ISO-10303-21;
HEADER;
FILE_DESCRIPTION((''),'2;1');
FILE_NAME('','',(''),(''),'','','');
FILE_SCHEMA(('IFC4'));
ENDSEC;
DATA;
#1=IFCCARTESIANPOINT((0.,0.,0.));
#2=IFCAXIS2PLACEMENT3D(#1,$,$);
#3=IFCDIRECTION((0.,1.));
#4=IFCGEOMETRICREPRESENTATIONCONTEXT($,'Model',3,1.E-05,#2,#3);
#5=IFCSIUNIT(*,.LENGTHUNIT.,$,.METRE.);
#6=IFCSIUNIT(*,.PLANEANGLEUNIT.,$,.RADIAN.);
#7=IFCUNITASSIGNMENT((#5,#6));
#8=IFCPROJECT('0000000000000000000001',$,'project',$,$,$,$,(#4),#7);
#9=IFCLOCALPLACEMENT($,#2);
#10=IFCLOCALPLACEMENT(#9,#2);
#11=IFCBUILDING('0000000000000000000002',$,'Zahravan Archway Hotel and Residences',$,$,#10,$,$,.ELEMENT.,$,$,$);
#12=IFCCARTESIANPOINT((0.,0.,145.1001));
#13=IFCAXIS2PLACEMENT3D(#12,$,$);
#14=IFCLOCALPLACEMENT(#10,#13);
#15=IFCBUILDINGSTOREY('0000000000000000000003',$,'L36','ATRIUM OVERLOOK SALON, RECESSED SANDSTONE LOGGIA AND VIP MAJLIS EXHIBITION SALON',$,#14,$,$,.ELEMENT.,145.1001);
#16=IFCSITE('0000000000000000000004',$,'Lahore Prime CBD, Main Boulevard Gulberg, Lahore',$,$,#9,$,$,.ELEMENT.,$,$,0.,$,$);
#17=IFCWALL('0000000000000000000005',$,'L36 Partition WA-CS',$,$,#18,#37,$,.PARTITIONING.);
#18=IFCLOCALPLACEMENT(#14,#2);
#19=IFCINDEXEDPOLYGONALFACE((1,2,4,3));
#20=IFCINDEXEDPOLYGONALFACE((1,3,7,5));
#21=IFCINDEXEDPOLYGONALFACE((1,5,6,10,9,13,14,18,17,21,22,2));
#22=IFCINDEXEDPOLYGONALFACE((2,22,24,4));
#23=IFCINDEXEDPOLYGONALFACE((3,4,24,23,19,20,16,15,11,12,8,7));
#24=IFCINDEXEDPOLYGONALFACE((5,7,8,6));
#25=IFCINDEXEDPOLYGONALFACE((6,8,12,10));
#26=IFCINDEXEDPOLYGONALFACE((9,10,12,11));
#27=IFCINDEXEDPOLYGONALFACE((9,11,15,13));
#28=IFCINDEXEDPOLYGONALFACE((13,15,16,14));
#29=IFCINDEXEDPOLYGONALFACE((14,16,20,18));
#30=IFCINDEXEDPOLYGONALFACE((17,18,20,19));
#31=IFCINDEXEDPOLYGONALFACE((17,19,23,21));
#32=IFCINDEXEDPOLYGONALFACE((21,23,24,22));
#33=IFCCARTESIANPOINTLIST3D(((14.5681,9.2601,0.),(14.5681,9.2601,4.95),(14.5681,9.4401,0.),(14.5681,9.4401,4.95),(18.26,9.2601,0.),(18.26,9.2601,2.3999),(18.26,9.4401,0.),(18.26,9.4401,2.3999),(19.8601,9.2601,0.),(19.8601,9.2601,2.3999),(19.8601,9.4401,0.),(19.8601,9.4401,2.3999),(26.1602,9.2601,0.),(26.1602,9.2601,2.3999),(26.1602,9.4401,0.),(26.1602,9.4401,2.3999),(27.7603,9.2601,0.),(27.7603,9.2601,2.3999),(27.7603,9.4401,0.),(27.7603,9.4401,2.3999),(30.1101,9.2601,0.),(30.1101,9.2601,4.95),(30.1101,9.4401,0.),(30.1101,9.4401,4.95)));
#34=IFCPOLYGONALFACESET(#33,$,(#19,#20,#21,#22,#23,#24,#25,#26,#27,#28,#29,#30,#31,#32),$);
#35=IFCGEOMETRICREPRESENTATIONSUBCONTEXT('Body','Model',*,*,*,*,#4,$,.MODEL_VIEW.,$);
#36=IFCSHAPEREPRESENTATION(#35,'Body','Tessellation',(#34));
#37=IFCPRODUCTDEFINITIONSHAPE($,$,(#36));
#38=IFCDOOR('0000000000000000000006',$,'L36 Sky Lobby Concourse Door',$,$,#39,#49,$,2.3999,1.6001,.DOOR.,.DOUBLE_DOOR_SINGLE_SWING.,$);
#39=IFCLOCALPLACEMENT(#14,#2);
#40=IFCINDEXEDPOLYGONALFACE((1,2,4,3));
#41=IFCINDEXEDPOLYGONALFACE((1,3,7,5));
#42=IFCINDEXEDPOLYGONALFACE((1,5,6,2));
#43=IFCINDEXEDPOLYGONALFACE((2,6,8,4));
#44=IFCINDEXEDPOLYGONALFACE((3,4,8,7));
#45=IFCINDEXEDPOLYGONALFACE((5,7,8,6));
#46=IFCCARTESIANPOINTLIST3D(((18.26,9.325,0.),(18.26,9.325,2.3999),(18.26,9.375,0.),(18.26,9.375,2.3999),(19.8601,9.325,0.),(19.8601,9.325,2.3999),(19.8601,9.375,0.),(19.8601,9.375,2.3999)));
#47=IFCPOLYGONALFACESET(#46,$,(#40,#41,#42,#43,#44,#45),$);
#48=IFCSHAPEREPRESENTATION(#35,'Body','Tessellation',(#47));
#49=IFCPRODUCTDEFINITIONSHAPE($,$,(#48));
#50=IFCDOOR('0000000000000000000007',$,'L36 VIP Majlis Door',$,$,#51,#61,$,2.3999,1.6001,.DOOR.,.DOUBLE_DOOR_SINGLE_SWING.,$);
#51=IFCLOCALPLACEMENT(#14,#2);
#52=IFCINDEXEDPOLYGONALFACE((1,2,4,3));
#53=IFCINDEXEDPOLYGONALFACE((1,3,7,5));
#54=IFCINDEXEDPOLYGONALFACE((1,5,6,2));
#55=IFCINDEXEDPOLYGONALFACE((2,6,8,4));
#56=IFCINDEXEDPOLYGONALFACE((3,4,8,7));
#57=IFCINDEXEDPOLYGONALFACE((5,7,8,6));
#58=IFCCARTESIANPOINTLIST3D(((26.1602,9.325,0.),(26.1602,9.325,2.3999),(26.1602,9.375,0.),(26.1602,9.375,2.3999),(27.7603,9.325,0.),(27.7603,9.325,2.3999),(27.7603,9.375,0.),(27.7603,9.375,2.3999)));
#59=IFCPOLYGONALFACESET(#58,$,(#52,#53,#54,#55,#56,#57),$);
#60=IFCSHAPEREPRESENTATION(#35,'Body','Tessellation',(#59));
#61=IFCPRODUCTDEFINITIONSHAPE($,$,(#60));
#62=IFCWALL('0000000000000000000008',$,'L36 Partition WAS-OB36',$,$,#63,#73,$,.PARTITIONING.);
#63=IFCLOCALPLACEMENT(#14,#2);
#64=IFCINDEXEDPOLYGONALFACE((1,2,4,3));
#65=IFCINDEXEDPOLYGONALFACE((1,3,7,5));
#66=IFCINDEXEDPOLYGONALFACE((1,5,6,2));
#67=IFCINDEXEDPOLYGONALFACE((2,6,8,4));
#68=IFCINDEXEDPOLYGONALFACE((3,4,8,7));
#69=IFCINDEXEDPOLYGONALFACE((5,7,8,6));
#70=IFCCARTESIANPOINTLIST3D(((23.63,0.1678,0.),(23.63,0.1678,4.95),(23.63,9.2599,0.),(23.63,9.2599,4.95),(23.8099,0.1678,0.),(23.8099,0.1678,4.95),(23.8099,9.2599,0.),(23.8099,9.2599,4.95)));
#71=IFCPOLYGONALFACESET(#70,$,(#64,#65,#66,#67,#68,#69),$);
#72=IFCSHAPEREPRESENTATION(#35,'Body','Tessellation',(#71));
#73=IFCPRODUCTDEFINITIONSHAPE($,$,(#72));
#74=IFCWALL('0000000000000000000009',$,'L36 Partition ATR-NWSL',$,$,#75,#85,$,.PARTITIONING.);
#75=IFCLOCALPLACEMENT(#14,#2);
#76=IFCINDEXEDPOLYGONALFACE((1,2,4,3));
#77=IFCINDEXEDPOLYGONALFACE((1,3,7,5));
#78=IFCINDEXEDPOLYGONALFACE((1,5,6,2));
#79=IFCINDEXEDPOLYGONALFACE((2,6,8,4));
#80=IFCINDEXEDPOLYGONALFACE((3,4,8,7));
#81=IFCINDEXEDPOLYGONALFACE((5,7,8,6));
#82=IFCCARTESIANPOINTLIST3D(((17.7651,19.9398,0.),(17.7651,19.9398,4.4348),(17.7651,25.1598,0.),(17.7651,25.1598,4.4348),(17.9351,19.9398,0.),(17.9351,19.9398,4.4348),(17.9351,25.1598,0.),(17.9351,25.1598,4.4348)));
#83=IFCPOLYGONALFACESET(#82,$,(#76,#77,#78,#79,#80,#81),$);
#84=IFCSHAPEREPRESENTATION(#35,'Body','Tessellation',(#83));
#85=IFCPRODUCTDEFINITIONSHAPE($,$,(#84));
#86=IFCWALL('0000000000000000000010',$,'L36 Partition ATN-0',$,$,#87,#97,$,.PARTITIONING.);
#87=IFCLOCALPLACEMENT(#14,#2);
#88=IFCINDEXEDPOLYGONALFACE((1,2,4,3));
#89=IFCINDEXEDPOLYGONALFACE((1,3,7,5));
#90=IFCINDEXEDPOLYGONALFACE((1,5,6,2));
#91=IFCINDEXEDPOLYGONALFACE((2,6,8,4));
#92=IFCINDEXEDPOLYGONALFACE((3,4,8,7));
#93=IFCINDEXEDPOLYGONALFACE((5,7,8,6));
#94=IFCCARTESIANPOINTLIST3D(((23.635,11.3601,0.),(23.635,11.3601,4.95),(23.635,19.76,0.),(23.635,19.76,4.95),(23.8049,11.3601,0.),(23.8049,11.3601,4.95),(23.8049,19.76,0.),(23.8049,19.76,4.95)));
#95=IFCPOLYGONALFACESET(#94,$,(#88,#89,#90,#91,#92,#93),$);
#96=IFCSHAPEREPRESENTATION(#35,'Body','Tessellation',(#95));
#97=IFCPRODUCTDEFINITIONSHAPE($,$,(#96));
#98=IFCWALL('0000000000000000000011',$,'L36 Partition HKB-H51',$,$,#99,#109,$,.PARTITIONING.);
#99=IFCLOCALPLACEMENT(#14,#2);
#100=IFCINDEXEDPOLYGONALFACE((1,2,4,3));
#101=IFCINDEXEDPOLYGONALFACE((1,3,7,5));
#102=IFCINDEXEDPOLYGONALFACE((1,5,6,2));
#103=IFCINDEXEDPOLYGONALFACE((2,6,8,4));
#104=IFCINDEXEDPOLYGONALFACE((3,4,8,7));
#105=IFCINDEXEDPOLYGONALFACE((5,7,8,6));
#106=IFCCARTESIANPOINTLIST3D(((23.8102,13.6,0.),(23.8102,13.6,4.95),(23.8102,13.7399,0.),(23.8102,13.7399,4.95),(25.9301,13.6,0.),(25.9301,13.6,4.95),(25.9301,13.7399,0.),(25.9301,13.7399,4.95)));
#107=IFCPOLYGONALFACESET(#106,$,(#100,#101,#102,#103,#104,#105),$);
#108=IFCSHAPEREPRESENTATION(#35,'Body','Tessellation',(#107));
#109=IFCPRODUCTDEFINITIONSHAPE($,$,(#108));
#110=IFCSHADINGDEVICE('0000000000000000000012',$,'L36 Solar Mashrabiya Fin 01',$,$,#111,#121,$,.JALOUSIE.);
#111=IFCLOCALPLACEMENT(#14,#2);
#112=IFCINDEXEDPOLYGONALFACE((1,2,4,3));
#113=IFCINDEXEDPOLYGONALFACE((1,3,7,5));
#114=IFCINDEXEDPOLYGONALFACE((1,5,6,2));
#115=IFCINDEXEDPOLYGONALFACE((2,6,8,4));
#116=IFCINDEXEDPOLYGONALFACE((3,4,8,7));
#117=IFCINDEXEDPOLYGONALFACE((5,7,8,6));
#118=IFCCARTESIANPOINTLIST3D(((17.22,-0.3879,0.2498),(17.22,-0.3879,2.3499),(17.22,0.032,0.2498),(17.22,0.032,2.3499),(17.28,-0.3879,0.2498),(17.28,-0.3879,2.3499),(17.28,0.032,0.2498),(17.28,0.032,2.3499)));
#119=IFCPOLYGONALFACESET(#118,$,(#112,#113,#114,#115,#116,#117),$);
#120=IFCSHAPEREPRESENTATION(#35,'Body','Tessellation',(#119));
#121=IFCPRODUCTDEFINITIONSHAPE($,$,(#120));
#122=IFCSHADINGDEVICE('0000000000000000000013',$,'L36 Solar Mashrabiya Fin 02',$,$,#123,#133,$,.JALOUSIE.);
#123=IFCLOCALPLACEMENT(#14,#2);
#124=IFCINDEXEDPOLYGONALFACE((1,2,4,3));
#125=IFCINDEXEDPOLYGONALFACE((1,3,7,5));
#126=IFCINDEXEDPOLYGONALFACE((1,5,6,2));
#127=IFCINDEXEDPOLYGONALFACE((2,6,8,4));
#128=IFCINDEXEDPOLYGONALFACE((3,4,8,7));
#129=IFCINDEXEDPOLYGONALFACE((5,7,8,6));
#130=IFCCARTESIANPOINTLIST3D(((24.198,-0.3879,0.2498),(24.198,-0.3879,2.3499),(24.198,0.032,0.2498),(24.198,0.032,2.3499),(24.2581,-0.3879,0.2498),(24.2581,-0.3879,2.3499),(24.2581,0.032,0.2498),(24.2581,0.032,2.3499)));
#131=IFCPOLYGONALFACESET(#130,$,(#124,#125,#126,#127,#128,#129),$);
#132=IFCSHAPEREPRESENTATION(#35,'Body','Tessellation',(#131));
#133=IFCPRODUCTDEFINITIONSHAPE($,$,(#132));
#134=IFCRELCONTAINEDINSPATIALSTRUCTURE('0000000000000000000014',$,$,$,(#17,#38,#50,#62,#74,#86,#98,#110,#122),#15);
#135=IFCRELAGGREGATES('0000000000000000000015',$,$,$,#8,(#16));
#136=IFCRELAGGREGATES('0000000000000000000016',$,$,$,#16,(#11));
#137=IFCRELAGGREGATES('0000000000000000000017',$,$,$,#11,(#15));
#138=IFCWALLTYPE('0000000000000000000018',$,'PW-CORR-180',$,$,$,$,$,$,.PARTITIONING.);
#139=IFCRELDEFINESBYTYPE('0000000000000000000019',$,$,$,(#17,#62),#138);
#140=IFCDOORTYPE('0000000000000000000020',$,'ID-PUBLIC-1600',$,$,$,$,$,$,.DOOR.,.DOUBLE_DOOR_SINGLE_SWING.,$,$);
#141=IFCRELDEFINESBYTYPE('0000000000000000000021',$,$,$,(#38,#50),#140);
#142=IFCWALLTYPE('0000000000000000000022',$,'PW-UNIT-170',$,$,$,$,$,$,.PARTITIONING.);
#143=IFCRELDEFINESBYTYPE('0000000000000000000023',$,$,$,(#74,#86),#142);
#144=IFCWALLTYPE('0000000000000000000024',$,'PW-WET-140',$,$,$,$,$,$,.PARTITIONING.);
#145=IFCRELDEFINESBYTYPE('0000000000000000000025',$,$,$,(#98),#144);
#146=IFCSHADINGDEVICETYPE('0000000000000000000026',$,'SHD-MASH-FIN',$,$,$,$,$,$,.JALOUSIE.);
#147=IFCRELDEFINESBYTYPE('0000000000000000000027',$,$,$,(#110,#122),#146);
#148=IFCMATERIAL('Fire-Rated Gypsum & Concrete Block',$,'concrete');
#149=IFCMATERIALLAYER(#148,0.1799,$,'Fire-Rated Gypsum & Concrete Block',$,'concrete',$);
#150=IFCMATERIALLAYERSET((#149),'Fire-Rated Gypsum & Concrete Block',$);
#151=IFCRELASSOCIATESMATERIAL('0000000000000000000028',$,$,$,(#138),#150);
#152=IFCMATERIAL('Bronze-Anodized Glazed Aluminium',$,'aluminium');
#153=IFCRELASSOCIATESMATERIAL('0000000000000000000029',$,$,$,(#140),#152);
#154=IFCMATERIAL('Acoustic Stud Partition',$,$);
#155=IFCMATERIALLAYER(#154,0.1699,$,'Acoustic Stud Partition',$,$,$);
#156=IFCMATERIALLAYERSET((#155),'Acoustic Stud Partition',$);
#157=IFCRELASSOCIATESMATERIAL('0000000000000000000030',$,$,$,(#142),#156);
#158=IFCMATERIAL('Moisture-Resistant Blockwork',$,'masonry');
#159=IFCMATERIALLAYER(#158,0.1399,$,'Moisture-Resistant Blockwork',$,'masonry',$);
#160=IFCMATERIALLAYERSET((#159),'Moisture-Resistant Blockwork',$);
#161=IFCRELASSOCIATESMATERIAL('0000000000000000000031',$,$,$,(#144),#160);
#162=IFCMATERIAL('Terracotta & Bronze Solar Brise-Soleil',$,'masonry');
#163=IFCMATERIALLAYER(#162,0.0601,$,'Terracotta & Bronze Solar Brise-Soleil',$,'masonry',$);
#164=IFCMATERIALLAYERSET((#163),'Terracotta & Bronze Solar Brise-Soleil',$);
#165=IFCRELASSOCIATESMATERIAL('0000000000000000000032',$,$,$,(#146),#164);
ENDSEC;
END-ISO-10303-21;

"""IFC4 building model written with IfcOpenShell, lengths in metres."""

from ifc_helpers import new_model, si_unit, direction, frame, frame_2d, origin, origin_2d, place, context, subcontext, project, spatial, rectangle, extrude, source, transform, mapped, material, layer, layer_set, type_object, type_shapes, element, fill, save


model = new_model("IFC4")

# Units and contexts
model_context = context("Model", 3, precision=1e-05, world=origin(), true_north=direction((0.0, 1.0)))
body_context = subcontext(model_context, "Body", "Model", "MODEL_VIEW")
ifc_project = project(units=[si_unit("LENGTHUNIT", "METRE"), si_unit("PLANEANGLEUNIT", "RADIAN")], contexts=[model_context])

# Site, building, storey
site_placement = place(None, origin())
site = spatial("IfcSite", under=ifc_project, at=site_placement, Name="Lahore Prime CBD, Main Boulevard Gulberg, Lahore", CompositionType="ELEMENT", RefElevation=0.0)
building_placement = place(site_placement, origin())
building = spatial("IfcBuilding", under=site, at=building_placement, Name="Zahravan Archway Hotel and Residences", CompositionType="ELEMENT")
storey_placement = place(building_placement, frame((0.0, 0.0, 145.1001)))
storey = spatial("IfcBuildingStorey", under=building, at=storey_placement, Name="L36", Description="ATRIUM OVERLOOK SALON, RECESSED SANDSTONE LOGGIA AND VIP MAJLIS EXHIBITION SALON", CompositionType="ELEMENT", Elevation=145.1001)

# Shared definitions
ifc_material_1 = material(Name="Fire-Rated Gypsum & Concrete Block", Category="concrete")
ifc_material_2 = material(Name="Bronze-Anodized Glazed Aluminium", Category="aluminium")

# Wall, openings, doors
ifc_layer_1 = layer(ifc_material_1, 0.1799, Name="Fire-Rated Gypsum & Concrete Block", Category="concrete")
ifc_layer_set_1 = layer_set([ifc_layer_1], Name="Fire-Rated Gypsum & Concrete Block")
wall_type_1 = type_object("IfcWallType", Name="PW-CORR-180", PredefinedType="PARTITIONING", material=ifc_layer_set_1)
wall_1_placement = place(storey_placement, frame((14.5681, 9.3501, 0.0), z_axis=(0.0, 0.0, 1.0), x_axis=(1.0, 0.0, 0.0)))
wall_1 = element("IfcWall", 1, at=wall_1_placement, inside=storey, type_object=wall_type_1, Name="L36 Partition WA-CS", PredefinedType="PARTITIONING", context=body_context, shape_type="SweptSolid", body=[
    extrude(rectangle(XDim=15.542, YDim=0.1799, at=frame_2d((7.771, 0.0))), origin(), (0.0, 0.0, 1.0), 4.95),
])
opening_1_placement = place(wall_1_placement, frame((3.6919, 0.0, 0.0)))
opening_1 = element("IfcOpeningElement", 2, at=opening_1_placement, cuts=wall_1, PredefinedType="OPENING", context=body_context, shape_type="SweptSolid", body=[
    extrude(rectangle(XDim=1.6001, YDim=2.3999, at=frame_2d((0.8, 1.2))), frame((0.0, 0.1001, 0.0), z_axis=(0.0, -1.0, 0.0), x_axis=(1.0, 0.0, 0.0)), (0.0, 0.0, 1.0), 0.2),
])
opening_2_placement = place(wall_1_placement, frame((11.592, 0.0, 0.0)))
opening_2 = element("IfcOpeningElement", 3, at=opening_2_placement, cuts=wall_1, PredefinedType="OPENING", context=body_context, shape_type="SweptSolid", body=[
    extrude(rectangle(XDim=1.6001, YDim=2.3999, at=frame_2d((0.8, 1.2))), frame((0.0, 0.1001, 0.0), z_axis=(0.0, -1.0, 0.0), x_axis=(1.0, 0.0, 0.0)), (0.0, 0.0, 1.0), 0.2),
])
door_type_1 = type_object("IfcDoorType", Name="ID-PUBLIC-1600", OperationType="DOUBLE_DOOR_SINGLE_SWING", PredefinedType="DOOR", material=ifc_material_2)
shared_shape_1 = source(origin(), body_context, "Body", "SweptSolid", [
    extrude(rectangle(XDim=1.6001, YDim=2.3999, at=frame_2d((0.8, 1.2))), frame((0.0, 0.0249, 0.0), z_axis=(0.0, -1.0, 0.0), x_axis=(1.0, 0.0, 0.0)), (0.0, 0.0, 1.0), 0.05),
])
type_shapes(door_type_1, [shared_shape_1])
door_1_placement = place(opening_1_placement, origin())
door_1 = element("IfcDoor", 4, at=door_1_placement, inside=storey, type_object=door_type_1, Name="L36 Sky Lobby Concourse Door", OperationType="DOUBLE_DOOR_SINGLE_SWING", OverallHeight=2.3999, OverallWidth=1.6001, PredefinedType="DOOR", context=body_context, shape_type="MappedRepresentation", body=[
    mapped(shared_shape_1, transform((0.0, 0.0, 0.0), scale=1.0)),
])
fill(opening_1, door_1)
door_2_placement = place(opening_2_placement, origin())
door_2 = element("IfcDoor", 5, at=door_2_placement, inside=storey, type_object=door_type_1, Name="L36 VIP Majlis Door", OperationType="DOUBLE_DOOR_SINGLE_SWING", OverallHeight=2.3999, OverallWidth=1.6001, PredefinedType="DOOR", context=body_context, shape_type="MappedRepresentation", body=[
    mapped(shared_shape_1, transform((0.0, 0.0, 0.0), scale=1.0)),
])
fill(opening_2, door_2)

# Walls
wall_2_placement = place(storey_placement, frame((23.72, 0.168, 0.0), z_axis=(0.0, 0.0, 1.0), x_axis=(0.0, 1.0, 0.0)))
element("IfcWall", 6, at=wall_2_placement, inside=storey, type_object=wall_type_1, Name="L36 Partition WAS-OB36", PredefinedType="PARTITIONING", context=body_context, shape_type="SweptSolid", body=[
    extrude(rectangle(XDim=9.092, YDim=0.1799, at=frame_2d((4.5459, 0.0))), origin(), (0.0, 0.0, 1.0), 4.95),
])
ifc_material_3 = material(Name="Acoustic Stud Partition")
ifc_layer_2 = layer(ifc_material_3, 0.1699, Name="Acoustic Stud Partition")
ifc_layer_set_2 = layer_set([ifc_layer_2], Name="Acoustic Stud Partition")
wall_type_2 = type_object("IfcWallType", Name="PW-UNIT-170", PredefinedType="PARTITIONING", material=ifc_layer_set_2)
wall_3_placement = place(storey_placement, frame((17.8501, 19.9399, 0.0), z_axis=(0.0, 0.0, 1.0), x_axis=(0.0, 1.0, 0.0)))
element("IfcWall", 7, at=wall_3_placement, inside=storey, type_object=wall_type_2, Name="L36 Partition ATR-NWSL", PredefinedType="PARTITIONING", context=body_context, shape_type="SweptSolid", body=[
    extrude(rectangle(XDim=5.22, YDim=0.1699, at=frame_2d((2.6099, 0.0))), origin(), (0.0, 0.0, 1.0), 4.4348),
])
wall_4_placement = place(storey_placement, frame((23.72, 11.3601, 0.0), z_axis=(0.0, 0.0, 1.0), x_axis=(0.0, 1.0, 0.0)))
element("IfcWall", 8, at=wall_4_placement, inside=storey, type_object=wall_type_2, Name="L36 Partition ATN-0", PredefinedType="PARTITIONING", context=body_context, shape_type="SweptSolid", body=[
    extrude(rectangle(XDim=8.3999, YDim=0.1699, at=frame_2d((4.2, 0.0))), origin(), (0.0, 0.0, 1.0), 4.95),
])
ifc_material_4 = material(Name="Moisture-Resistant Blockwork", Category="masonry")
ifc_layer_3 = layer(ifc_material_4, 0.1399, Name="Moisture-Resistant Blockwork", Category="masonry")
ifc_layer_set_3 = layer_set([ifc_layer_3], Name="Moisture-Resistant Blockwork")
wall_type_3 = type_object("IfcWallType", Name="PW-WET-140", PredefinedType="PARTITIONING", material=ifc_layer_set_3)
wall_5_placement = place(storey_placement, frame((23.8101, 13.6699, 0.0), z_axis=(0.0, 0.0, 1.0), x_axis=(1.0, 0.0, 0.0)))
element("IfcWall", 9, at=wall_5_placement, inside=storey, type_object=wall_type_3, Name="L36 Partition HKB-H51", PredefinedType="PARTITIONING", context=body_context, shape_type="SweptSolid", body=[
    extrude(rectangle(XDim=2.1199, YDim=0.1399, at=frame_2d((1.0601, 0.0))), origin(), (0.0, 0.0, 1.0), 4.95),
])

# Shading devices
ifc_material_5 = material(Name="Terracotta & Bronze Solar Brise-Soleil", Category="masonry")
ifc_layer_4 = layer(ifc_material_5, 0.0601, Name="Terracotta & Bronze Solar Brise-Soleil", Category="masonry")
ifc_layer_set_4 = layer_set([ifc_layer_4], Name="Terracotta & Bronze Solar Brise-Soleil")
shading_device_type = type_object("IfcShadingDeviceType", Name="SHD-MASH-FIN", PredefinedType="JALOUSIE", material=ifc_layer_set_4)
shared_shape_2 = source(origin(), body_context, "Body", "SweptSolid", [
    extrude(rectangle(XDim=0.0601, YDim=0.4199, at=origin_2d()), origin(), (0.0, 0.0, 1.0), 2.1001),
])
type_shapes(shading_device_type, [shared_shape_2])
for number, where, z_axis, x_axis, name in (
    (10, (17.25, -0.178, 0.2498), (0.0, 0.0, 1.0), (1.0, 0.0, 0.0), "L36 Solar Mashrabiya Fin 01"),
    (11, (24.228, -0.178, 0.2498), (0.0, 0.0, 1.0), (1.0, 0.0, 0.0), "L36 Solar Mashrabiya Fin 02"),
):
    element("IfcShadingDevice", number, at=place(storey_placement, frame(where, z_axis=z_axis, x_axis=x_axis)), inside=storey, type_object=shading_device_type, Name=name, PredefinedType="JALOUSIE", context=body_context, shape_type="MappedRepresentation", body=[
        mapped(shared_shape_2, transform((0.0, 0.0, 0.0), scale=1.0)),
    ])

save(model, "model.ifc")
